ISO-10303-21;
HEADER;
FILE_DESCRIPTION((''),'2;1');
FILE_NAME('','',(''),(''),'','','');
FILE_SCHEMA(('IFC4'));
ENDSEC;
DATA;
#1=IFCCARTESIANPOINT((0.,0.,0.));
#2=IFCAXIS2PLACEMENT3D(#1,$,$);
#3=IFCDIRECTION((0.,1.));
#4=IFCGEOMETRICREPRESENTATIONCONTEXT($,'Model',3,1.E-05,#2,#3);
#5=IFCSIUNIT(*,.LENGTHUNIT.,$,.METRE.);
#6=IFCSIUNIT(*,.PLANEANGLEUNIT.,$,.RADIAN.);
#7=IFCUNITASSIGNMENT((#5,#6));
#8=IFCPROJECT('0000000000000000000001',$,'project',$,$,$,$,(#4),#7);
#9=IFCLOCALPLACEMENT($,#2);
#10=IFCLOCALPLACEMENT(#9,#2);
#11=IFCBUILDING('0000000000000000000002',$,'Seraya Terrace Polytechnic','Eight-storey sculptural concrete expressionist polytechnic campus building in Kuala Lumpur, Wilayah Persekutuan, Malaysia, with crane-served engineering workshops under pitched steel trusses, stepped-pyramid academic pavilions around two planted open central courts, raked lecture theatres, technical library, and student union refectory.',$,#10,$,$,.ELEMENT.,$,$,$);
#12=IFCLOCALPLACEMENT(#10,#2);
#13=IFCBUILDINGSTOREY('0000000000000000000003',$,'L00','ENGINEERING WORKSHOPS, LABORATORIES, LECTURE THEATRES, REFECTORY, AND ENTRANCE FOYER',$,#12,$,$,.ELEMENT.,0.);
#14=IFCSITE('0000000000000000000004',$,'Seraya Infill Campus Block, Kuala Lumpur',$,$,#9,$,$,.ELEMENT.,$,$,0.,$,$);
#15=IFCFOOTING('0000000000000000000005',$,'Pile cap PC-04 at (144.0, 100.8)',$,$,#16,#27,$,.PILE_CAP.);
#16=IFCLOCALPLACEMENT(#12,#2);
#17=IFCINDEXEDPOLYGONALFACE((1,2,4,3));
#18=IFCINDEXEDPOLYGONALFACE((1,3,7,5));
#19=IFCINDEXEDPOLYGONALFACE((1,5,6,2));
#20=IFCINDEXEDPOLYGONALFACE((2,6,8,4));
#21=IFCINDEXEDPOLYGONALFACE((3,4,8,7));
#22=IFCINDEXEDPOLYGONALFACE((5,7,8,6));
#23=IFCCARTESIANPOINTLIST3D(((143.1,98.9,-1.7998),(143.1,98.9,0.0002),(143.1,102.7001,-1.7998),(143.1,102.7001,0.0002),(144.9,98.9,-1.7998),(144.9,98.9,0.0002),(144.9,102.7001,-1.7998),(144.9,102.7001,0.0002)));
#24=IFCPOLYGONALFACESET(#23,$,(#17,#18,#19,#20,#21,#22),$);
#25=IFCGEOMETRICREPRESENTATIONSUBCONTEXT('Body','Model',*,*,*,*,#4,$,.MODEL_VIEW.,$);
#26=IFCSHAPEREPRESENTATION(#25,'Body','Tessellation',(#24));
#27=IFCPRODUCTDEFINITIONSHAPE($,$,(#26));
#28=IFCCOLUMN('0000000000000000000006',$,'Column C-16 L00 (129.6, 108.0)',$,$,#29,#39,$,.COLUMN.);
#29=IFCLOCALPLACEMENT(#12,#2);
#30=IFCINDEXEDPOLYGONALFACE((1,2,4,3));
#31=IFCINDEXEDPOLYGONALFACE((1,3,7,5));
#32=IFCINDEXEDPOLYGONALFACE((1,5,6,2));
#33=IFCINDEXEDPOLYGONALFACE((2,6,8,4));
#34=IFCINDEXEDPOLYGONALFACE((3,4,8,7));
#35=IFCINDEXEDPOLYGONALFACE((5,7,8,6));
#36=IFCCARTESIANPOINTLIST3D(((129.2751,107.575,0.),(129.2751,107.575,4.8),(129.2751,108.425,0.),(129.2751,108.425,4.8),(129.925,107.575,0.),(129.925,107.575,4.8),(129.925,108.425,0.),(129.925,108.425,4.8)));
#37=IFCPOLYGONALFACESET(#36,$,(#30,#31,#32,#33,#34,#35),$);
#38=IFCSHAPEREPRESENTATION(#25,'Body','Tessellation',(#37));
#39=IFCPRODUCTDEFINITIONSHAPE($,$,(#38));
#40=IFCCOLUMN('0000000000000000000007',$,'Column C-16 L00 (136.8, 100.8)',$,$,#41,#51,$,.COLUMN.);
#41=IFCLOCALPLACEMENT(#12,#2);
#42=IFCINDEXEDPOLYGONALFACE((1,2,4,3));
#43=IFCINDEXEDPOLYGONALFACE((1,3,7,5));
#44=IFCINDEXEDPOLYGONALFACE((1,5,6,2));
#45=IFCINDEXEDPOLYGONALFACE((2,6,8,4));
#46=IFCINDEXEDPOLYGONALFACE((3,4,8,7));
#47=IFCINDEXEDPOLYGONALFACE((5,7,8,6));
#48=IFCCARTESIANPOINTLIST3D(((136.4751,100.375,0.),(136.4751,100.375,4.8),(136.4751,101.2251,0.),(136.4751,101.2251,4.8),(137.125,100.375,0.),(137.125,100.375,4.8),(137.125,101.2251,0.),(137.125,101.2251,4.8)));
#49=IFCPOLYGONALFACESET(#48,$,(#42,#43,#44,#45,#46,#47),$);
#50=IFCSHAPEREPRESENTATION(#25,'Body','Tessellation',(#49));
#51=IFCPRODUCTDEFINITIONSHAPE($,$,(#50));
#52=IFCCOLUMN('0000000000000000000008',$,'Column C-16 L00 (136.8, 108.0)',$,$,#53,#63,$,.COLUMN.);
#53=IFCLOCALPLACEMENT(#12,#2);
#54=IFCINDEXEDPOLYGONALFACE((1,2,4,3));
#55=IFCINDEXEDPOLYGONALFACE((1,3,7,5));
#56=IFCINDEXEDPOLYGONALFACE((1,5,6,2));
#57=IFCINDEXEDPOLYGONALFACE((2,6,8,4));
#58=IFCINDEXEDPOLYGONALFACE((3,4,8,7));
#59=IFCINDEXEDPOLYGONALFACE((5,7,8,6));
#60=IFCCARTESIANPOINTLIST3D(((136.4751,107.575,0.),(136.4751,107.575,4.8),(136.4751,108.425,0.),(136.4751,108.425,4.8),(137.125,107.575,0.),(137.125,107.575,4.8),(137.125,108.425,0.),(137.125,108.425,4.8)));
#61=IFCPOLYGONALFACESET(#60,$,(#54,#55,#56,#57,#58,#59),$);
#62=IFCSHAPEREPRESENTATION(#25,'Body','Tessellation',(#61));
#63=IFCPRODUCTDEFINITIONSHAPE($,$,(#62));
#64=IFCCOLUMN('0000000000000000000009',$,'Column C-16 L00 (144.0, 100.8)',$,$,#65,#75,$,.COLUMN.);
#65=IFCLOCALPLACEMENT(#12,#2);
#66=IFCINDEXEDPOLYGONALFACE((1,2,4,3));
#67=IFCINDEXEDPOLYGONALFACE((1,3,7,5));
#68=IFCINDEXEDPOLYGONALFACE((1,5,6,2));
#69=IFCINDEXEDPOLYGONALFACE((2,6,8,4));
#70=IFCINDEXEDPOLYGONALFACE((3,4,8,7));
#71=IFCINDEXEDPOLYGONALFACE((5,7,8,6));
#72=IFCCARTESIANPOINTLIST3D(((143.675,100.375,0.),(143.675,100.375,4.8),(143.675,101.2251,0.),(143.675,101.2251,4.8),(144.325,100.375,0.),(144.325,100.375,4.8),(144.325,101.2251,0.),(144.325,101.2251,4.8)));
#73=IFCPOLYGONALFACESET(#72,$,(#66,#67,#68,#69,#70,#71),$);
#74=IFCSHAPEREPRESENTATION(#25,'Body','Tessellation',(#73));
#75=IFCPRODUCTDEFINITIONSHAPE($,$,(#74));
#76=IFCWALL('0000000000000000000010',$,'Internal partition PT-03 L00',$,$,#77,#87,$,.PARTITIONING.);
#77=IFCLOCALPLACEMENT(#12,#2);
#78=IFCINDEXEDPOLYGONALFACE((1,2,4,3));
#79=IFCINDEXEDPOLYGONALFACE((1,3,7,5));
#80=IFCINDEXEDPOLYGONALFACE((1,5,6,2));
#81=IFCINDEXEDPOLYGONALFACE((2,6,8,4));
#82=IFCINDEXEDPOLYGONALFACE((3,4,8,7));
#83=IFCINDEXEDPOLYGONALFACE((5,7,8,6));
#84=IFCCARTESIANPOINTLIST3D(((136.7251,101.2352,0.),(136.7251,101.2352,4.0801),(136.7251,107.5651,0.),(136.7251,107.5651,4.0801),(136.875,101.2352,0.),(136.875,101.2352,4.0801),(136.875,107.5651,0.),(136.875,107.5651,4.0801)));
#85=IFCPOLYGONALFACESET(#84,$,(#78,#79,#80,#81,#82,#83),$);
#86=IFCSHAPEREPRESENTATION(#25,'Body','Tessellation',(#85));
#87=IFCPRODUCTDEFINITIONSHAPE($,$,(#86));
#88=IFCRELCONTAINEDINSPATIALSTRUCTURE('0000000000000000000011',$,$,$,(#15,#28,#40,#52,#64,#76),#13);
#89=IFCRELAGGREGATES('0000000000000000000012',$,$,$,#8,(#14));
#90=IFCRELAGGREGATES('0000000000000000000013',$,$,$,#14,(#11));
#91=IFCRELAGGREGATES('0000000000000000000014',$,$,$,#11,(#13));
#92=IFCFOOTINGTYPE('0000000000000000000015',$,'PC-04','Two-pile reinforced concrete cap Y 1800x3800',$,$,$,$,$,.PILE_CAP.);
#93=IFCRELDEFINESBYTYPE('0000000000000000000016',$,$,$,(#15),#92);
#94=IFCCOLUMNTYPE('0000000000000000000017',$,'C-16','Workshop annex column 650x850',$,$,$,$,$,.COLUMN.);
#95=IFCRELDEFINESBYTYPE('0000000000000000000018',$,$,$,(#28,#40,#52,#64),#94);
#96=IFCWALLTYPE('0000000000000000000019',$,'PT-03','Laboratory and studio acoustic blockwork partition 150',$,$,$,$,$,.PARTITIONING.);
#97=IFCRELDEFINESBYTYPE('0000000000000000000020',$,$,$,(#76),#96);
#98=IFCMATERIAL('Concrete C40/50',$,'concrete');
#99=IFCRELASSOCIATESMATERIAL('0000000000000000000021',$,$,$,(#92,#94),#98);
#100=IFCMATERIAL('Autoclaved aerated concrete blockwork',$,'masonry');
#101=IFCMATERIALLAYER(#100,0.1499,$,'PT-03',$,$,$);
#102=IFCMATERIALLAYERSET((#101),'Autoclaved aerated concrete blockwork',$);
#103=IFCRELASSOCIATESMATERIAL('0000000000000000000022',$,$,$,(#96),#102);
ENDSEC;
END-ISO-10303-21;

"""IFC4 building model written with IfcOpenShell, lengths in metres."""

from ifc_helpers import new_model, si_unit, direction, frame, frame_2d, origin, origin_2d, place, context, subcontext, project, spatial, rectangle, extrude, material, layer, layer_set, material_profile, profile_set, type_object, element, save


model = new_model("IFC4")

# Units and contexts
model_context = context("Model", 3, precision=1e-05, world=origin(), true_north=direction((0.0, 1.0)))
body_context = subcontext(model_context, "Body", "Model", "MODEL_VIEW")
ifc_project = project(units=[si_unit("LENGTHUNIT", "METRE"), si_unit("PLANEANGLEUNIT", "RADIAN")], contexts=[model_context])

# Site, building, storey
site_placement = place(None, origin())
site = spatial("IfcSite", under=ifc_project, at=site_placement, Name="Seraya Infill Campus Block, Kuala Lumpur", CompositionType="ELEMENT", RefElevation=0.0)
building_placement = place(site_placement, origin())
building = spatial("IfcBuilding", under=site, at=building_placement, Name="Seraya Terrace Polytechnic", Description="Eight-storey sculptural concrete expressionist polytechnic campus building in Kuala Lumpur, Wilayah Persekutuan, Malaysia, with crane-served engineering workshops under pitched steel trusses, stepped-pyramid academic pavilions around two planted open central courts, raked lecture theatres, technical library, and student union refectory.", CompositionType="ELEMENT")
storey_placement = place(building_placement, origin())
storey = spatial("IfcBuildingStorey", under=building, at=storey_placement, Name="L00", Description="ENGINEERING WORKSHOPS, LABORATORIES, LECTURE THEATRES, REFECTORY, AND ENTRANCE FOYER", CompositionType="ELEMENT", Elevation=0.0)

# Shared definitions
ifc_material_1 = material(Name="Concrete C40/50", Category="concrete")

# Footing
footing_type_1 = type_object("IfcFootingType", Name="PC-04", Description="Two-pile reinforced concrete cap Y 1800x3800", PredefinedType="PILE_CAP", material=ifc_material_1)
for number, where, z_axis, x_axis, name in (
    (1, (144.0, 100.8, -1.7998), (0.0, 0.0, 1.0), (1.0, 0.0, 0.0), "Pile cap PC-04 at (144.0, 100.8)"),
):
    element("IfcFooting", number, at=place(storey_placement, frame(where, z_axis=z_axis, x_axis=x_axis)), inside=storey, type_object=footing_type_1, Name=name, PredefinedType="PILE_CAP", context=body_context, shape_type="SweptSolid", body=[
        extrude(rectangle(XDim=1.8, YDim=3.8, at=origin_2d()), origin(), (0.0, 0.0, 1.0), 1.8),
    ])

# Columns
ifc_material_profile_1 = material_profile(ifc_material_1, rectangle(XDim=0.6499, YDim=0.8501, at=origin_2d()), Name="RC 650x850")
ifc_profile_set_1 = profile_set([ifc_material_profile_1], Name="Concrete C40/50")
column_type = type_object("IfcColumnType", Name="C-16", Description="Workshop annex column 650x850", PredefinedType="COLUMN", material=ifc_profile_set_1)
for number, where, z_axis, x_axis, name in (
    (2, (129.6001, 108.0, 0.0), (0.0, 0.0, 1.0), (1.0, 0.0, 0.0), "Column C-16 L00 (129.6, 108.0)"),
    (3, (136.8, 100.8, 0.0), (0.0, 0.0, 1.0), (1.0, 0.0, 0.0), "Column C-16 L00 (136.8, 100.8)"),
    (4, (136.8, 108.0, 0.0), (0.0, 0.0, 1.0), (1.0, 0.0, 0.0), "Column C-16 L00 (136.8, 108.0)"),
    (5, (144.0, 100.8, 0.0), (0.0, 0.0, 1.0), (1.0, 0.0, 0.0), "Column C-16 L00 (144.0, 100.8)"),
):
    element("IfcColumn", number, at=place(storey_placement, frame(where, z_axis=z_axis, x_axis=x_axis)), inside=storey, type_object=column_type, Name=name, PredefinedType="COLUMN", context=body_context, shape_type="SweptSolid", body=[
        extrude(rectangle(XDim=0.6499, YDim=0.8501, at=origin_2d()), origin(), (0.0, 0.0, 1.0), 4.8),
    ])

# Wall
ifc_material_2 = material(Name="Autoclaved aerated concrete blockwork", Category="masonry")
ifc_layer = layer(ifc_material_2, 0.1499, Name="PT-03")
ifc_layer_set = layer_set([ifc_layer], Name="Autoclaved aerated concrete blockwork")
wall_type = type_object("IfcWallType", Name="PT-03", Description="Laboratory and studio acoustic blockwork partition 150", PredefinedType="PARTITIONING", material=ifc_layer_set)
wall_placement = place(storey_placement, frame((136.8, 101.2351, 0.0), z_axis=(0.0, 0.0, 1.0), x_axis=(0.0, 1.0, 0.0)))
element("IfcWall", 6, at=wall_placement, inside=storey, type_object=wall_type, Name="Internal partition PT-03 L00", PredefinedType="PARTITIONING", context=body_context, shape_type="SweptSolid", body=[
    extrude(rectangle(XDim=6.3298, YDim=0.1499, at=frame_2d((3.165, 0.0))), origin(), (0.0, 0.0, 1.0), 4.0801),
])

save(model, "model.ifc")
